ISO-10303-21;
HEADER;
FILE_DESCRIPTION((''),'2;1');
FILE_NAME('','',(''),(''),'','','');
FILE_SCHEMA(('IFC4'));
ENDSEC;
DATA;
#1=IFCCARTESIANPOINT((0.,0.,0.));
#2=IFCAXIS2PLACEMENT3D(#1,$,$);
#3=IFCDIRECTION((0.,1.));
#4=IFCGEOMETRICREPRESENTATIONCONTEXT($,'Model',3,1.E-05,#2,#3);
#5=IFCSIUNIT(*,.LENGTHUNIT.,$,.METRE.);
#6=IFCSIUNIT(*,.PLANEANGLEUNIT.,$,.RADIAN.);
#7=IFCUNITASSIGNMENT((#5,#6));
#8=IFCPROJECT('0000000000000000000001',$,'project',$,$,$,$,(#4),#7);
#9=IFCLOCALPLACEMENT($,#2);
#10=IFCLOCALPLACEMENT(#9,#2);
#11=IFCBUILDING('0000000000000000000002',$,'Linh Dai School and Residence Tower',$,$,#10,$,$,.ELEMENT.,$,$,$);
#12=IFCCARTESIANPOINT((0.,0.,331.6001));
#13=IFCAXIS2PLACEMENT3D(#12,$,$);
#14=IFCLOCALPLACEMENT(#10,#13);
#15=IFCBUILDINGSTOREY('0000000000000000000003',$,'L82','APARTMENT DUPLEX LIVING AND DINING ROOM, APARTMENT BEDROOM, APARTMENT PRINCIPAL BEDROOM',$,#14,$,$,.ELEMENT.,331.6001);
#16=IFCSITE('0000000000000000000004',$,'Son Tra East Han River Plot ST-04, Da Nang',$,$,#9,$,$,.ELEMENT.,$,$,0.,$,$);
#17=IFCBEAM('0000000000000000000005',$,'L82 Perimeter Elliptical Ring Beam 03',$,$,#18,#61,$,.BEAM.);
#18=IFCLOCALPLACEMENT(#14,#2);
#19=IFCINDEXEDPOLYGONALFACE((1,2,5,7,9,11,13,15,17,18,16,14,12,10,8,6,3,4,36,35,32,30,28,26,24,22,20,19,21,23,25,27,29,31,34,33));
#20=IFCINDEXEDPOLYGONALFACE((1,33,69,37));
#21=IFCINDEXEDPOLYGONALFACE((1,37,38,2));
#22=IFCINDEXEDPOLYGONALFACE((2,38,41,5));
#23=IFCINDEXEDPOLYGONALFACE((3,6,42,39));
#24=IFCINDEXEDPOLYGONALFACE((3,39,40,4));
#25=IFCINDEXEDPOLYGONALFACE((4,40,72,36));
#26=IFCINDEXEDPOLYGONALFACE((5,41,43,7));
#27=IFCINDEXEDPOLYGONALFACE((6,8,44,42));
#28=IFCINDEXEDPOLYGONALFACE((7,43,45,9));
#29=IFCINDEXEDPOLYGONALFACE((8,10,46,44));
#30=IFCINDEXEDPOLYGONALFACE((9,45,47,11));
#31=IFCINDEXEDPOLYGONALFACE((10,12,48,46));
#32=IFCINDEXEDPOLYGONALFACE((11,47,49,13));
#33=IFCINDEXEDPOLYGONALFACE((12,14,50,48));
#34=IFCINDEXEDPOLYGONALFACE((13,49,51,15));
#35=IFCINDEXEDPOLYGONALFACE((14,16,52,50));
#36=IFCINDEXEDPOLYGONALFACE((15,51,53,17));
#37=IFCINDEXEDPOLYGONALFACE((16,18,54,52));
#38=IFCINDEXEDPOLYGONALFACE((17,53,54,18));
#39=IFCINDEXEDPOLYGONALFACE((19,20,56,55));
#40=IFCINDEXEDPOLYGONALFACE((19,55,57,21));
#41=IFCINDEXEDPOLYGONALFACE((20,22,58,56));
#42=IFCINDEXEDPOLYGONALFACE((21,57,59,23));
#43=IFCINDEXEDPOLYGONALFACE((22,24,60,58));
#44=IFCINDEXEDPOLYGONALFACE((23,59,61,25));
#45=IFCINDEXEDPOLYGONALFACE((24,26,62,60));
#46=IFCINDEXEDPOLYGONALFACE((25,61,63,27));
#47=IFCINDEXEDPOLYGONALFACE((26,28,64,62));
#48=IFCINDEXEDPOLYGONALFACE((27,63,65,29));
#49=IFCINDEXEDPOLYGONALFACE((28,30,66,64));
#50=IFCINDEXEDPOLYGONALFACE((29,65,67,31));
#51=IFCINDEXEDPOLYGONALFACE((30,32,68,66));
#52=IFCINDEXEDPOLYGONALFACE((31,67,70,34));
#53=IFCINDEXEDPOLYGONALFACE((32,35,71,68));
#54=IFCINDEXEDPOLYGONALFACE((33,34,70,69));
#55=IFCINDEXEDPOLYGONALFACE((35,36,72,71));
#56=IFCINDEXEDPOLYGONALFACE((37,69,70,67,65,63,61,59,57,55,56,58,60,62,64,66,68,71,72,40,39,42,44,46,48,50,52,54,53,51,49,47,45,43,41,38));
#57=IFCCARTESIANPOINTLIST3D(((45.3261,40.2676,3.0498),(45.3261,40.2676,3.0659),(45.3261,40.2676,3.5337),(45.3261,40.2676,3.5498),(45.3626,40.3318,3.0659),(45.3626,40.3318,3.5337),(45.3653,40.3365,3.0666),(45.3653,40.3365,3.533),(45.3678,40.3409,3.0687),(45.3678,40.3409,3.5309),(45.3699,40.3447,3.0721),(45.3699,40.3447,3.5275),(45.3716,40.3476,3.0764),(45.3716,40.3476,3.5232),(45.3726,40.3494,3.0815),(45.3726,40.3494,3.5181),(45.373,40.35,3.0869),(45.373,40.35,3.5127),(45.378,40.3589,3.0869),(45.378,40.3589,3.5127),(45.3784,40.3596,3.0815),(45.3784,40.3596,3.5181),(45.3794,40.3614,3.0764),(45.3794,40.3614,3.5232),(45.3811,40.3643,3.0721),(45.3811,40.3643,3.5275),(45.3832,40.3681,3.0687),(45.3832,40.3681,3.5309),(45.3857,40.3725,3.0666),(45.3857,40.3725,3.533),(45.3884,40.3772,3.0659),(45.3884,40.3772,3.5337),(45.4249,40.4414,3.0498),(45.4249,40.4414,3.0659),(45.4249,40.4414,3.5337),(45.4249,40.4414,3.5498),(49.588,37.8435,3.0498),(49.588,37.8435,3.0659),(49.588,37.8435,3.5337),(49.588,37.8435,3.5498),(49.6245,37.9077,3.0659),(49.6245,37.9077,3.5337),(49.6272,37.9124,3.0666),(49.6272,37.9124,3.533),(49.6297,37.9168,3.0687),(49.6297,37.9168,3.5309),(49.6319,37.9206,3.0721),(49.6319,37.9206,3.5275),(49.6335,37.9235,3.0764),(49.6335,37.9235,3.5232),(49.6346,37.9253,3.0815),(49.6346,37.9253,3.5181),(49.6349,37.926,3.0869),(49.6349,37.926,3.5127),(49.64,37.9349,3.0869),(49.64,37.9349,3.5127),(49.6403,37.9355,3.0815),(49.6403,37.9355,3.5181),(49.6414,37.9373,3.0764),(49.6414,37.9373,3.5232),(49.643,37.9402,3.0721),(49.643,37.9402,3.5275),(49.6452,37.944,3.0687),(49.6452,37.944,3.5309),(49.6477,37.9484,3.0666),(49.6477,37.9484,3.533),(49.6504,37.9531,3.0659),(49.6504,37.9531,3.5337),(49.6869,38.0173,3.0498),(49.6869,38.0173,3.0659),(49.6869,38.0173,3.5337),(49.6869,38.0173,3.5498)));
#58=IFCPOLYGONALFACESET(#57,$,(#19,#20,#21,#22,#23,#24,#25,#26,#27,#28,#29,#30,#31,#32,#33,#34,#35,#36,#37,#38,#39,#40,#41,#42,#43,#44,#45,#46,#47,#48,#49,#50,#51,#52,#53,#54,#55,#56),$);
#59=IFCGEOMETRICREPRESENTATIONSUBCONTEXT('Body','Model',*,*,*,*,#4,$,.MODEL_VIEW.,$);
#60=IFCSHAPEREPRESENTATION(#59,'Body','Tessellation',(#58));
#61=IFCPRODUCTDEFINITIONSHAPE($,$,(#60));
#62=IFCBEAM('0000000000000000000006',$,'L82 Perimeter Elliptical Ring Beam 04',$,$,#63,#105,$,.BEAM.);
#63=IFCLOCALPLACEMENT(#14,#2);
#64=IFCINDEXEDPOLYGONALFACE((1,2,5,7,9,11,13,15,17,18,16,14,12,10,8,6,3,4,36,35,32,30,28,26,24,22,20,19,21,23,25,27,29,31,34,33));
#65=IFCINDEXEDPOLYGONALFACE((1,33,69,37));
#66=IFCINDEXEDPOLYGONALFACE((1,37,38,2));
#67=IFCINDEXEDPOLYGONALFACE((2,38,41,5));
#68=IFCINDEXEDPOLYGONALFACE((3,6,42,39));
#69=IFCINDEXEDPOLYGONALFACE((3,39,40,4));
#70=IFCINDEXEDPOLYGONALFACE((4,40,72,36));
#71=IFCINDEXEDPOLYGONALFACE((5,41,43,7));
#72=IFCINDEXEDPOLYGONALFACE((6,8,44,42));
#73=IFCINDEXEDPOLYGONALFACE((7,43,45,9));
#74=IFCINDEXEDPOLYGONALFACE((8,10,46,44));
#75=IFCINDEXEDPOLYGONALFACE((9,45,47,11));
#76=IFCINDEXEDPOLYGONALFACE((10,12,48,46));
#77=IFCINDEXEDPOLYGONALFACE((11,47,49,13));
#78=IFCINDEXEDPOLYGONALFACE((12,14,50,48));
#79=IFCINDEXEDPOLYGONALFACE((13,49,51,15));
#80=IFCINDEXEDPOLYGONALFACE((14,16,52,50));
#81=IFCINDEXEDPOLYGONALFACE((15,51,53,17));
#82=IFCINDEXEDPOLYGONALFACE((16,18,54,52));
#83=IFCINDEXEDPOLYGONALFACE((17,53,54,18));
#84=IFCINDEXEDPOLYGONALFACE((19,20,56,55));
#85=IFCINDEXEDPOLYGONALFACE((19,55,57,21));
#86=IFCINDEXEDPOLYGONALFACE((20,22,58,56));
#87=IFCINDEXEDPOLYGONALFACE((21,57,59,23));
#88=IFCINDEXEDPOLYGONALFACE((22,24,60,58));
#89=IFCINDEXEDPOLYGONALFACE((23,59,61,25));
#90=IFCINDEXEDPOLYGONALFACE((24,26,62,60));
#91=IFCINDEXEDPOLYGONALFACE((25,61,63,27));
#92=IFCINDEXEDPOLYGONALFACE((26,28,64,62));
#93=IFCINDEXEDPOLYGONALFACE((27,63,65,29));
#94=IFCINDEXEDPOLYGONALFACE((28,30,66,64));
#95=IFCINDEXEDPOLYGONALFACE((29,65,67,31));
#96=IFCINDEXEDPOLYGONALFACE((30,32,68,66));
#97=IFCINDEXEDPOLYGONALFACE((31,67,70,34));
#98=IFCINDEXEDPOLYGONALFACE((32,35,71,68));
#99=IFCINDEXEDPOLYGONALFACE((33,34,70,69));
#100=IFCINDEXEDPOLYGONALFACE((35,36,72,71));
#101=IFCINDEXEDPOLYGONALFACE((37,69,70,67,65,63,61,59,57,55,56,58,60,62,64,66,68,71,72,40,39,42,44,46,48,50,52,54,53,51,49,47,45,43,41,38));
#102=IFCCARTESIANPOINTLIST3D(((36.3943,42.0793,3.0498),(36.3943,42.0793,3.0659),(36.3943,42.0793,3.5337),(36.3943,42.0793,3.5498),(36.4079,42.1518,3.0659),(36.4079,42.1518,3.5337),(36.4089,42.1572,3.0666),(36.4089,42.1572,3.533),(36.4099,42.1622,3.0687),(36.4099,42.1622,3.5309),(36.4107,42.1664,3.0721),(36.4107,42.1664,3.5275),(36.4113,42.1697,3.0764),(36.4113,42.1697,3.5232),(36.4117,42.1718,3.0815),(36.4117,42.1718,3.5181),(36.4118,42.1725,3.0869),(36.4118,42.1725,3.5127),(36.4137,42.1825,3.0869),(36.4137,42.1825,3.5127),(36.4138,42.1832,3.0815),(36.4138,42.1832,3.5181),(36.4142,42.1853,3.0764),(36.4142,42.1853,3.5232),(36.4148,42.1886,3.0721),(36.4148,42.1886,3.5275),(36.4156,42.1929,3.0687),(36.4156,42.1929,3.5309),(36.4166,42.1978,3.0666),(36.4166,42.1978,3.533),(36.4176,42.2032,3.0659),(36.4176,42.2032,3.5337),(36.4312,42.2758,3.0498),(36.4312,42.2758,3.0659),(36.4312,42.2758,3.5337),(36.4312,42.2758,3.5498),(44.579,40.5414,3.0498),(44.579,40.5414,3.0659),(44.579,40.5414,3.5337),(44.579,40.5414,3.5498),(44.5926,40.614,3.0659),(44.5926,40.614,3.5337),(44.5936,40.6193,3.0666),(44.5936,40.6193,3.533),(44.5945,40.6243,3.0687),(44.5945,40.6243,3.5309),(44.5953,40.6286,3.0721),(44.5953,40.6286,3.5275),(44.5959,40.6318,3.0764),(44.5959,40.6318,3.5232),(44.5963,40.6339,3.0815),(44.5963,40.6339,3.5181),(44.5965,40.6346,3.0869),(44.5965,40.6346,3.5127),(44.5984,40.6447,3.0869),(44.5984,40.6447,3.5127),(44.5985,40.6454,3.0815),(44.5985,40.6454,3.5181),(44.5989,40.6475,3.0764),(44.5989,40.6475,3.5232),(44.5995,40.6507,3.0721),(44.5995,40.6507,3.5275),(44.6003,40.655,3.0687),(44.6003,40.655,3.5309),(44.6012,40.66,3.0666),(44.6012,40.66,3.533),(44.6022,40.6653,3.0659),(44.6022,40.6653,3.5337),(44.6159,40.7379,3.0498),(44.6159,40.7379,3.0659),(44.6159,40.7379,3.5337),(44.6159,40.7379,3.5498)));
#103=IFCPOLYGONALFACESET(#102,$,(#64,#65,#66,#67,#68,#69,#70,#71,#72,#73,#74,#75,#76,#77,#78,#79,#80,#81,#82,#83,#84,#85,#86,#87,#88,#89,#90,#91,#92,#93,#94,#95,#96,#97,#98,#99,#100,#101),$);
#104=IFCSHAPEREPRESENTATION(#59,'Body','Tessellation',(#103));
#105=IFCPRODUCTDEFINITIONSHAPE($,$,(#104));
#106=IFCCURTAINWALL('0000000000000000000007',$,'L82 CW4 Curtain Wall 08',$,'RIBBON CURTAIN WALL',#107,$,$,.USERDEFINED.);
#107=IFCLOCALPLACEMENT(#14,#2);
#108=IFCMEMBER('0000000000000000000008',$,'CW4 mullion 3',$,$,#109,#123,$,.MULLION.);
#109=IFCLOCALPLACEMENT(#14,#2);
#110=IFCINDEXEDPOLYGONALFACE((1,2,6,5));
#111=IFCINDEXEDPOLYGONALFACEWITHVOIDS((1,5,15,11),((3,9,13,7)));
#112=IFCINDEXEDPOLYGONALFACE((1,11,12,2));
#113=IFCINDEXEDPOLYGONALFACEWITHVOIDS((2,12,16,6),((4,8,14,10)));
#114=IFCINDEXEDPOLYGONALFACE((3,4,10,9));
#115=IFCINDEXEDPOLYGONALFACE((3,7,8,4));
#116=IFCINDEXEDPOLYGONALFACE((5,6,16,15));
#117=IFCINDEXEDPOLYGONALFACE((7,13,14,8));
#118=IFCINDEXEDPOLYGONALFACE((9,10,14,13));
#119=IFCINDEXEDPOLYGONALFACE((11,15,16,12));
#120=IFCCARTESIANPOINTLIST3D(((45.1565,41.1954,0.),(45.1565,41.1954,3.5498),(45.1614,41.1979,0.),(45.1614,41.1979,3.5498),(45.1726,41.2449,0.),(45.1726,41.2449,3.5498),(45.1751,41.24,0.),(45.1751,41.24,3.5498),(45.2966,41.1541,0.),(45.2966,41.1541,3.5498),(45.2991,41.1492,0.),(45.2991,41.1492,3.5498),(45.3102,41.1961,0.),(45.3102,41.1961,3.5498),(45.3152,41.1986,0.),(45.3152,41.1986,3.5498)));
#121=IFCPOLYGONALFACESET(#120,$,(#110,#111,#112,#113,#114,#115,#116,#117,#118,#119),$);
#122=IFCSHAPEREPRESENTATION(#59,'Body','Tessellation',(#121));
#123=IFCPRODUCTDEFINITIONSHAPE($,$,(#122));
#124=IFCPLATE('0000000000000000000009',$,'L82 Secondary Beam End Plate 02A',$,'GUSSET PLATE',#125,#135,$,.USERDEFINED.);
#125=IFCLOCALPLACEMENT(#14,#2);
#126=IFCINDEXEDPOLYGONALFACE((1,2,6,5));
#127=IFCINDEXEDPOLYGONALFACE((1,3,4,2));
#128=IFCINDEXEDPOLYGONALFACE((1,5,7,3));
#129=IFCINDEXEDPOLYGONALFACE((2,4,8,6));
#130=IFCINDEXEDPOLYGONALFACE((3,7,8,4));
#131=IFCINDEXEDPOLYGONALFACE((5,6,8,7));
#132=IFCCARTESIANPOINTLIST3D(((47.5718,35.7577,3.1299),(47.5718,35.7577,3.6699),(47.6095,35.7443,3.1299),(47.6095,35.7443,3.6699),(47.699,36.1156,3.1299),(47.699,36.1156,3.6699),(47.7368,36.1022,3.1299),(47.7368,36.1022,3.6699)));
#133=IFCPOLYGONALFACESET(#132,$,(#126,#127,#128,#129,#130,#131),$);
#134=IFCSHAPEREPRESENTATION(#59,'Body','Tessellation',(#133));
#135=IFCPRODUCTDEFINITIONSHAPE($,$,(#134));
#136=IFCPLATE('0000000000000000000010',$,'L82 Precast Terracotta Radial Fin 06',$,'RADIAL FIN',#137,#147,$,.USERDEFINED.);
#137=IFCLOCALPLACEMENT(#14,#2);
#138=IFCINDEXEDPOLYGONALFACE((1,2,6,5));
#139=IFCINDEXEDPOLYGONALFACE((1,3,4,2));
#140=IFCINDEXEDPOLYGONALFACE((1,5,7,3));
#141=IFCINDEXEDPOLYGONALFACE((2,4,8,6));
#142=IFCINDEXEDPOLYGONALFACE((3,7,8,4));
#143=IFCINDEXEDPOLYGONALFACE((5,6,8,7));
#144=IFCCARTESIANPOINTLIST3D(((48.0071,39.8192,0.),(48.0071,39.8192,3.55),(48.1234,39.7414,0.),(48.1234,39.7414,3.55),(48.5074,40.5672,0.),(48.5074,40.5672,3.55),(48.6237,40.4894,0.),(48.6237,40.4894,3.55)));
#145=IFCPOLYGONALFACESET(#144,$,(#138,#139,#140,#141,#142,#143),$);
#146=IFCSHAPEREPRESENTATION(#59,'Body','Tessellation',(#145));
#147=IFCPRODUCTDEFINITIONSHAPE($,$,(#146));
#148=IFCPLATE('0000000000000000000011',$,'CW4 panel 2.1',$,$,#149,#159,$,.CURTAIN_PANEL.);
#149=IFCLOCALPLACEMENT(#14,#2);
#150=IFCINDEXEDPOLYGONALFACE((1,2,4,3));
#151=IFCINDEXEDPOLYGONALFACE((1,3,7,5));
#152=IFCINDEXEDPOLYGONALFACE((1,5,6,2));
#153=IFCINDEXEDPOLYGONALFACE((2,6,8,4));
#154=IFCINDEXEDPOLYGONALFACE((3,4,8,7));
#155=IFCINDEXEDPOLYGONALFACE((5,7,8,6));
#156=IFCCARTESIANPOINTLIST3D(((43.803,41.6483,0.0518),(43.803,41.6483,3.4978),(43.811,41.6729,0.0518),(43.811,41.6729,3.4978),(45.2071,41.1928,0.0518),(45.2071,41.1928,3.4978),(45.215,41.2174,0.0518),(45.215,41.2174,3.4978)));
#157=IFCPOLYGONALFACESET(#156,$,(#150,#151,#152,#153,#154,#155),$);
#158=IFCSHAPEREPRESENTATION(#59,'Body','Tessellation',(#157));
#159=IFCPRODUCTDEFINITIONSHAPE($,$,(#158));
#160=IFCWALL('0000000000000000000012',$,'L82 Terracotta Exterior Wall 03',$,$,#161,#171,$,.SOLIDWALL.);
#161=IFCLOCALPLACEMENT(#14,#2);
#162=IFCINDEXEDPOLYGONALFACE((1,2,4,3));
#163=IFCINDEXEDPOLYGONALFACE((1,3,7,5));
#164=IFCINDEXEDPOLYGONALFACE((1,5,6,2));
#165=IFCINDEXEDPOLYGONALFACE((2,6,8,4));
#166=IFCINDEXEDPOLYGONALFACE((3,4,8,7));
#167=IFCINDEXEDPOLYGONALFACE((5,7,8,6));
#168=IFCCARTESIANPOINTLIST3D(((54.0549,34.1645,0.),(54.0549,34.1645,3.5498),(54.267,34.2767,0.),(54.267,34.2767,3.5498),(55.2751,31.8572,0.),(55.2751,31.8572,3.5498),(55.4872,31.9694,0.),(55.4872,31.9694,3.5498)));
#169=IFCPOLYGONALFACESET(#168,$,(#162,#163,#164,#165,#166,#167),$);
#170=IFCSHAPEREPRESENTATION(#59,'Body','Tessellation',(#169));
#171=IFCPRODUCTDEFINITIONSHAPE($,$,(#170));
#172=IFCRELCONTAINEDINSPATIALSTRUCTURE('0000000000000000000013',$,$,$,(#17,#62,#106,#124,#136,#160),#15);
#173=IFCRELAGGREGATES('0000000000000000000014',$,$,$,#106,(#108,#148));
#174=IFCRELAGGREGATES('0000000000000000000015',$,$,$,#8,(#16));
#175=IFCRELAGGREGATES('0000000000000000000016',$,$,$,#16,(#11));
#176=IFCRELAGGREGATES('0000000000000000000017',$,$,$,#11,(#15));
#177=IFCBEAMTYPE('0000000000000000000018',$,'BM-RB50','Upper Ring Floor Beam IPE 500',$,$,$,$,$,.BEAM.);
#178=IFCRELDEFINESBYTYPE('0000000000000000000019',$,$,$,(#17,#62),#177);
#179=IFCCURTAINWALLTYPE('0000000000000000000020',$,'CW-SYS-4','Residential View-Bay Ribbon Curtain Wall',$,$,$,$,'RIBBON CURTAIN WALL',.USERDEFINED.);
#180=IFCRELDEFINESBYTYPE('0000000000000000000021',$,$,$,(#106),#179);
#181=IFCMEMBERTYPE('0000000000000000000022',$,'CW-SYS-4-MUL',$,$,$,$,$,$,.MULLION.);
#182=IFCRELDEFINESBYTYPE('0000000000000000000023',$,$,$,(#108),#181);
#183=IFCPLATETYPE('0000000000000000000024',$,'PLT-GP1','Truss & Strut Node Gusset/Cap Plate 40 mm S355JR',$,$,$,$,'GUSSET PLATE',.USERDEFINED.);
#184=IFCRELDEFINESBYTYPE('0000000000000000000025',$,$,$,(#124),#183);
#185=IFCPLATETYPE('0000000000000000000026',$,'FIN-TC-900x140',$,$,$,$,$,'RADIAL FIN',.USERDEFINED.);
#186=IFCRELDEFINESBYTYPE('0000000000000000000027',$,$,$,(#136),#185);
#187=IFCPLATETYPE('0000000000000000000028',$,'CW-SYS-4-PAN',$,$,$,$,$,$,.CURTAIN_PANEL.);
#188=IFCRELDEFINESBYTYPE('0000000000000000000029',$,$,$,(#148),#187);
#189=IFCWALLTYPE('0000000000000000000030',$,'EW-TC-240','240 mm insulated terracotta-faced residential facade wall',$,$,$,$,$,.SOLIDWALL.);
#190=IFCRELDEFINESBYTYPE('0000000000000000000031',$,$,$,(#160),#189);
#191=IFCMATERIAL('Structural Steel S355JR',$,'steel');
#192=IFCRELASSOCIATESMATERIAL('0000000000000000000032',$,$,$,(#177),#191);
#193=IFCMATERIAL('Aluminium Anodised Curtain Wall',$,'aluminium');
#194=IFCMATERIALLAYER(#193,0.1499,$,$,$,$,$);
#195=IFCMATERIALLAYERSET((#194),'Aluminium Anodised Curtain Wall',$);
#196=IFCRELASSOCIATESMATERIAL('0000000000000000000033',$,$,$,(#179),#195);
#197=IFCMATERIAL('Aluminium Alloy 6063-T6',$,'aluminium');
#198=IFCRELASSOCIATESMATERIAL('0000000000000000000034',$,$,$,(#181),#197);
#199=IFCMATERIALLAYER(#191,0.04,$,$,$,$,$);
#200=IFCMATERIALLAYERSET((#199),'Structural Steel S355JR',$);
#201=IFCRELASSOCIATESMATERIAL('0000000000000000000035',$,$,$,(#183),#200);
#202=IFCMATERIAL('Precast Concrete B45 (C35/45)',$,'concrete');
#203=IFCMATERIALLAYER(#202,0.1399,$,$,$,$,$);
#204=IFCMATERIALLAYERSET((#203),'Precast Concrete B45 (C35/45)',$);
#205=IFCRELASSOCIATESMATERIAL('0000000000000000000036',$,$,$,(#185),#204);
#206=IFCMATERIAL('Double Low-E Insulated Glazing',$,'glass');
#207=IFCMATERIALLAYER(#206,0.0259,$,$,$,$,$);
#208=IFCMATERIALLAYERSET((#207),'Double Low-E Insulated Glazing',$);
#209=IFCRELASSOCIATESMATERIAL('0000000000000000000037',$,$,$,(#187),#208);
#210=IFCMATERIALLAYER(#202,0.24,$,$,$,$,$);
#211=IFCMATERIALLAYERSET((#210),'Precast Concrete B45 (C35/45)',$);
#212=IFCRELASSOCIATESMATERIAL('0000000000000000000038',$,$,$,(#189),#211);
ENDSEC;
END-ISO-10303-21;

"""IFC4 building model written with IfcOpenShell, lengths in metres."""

from ifc_helpers import new_model, si_unit, direction, frame, frame_2d, origin, origin_2d, place, context, subcontext, project, spatial, rectangle, hollow_rectangle, i_section, extrude, source, transform, mapped, material, layer, layer_set, material_profile, profile_set, type_object, element, aggregate, save


model = new_model("IFC4")

# Units and contexts
model_context = context("Model", 3, precision=1e-05, world=origin(), true_north=direction((0.0, 1.0)))
body_context = subcontext(model_context, "Body", "Model", "MODEL_VIEW")
ifc_project = project(units=[si_unit("LENGTHUNIT", "METRE"), si_unit("PLANEANGLEUNIT", "RADIAN")], contexts=[model_context])

# Site, building, storey
site_placement = place(None, origin())
site = spatial("IfcSite", under=ifc_project, at=site_placement, Name="Son Tra East Han River Plot ST-04, Da Nang", CompositionType="ELEMENT", RefElevation=0.0)
building_placement = place(site_placement, origin())
building = spatial("IfcBuilding", under=site, at=building_placement, Name="Linh Dai School and Residence Tower", CompositionType="ELEMENT")
storey_placement = place(building_placement, frame((0.0, 0.0, 331.6001)))
storey = spatial("IfcBuildingStorey", under=building, at=storey_placement, Name="L82", Description="APARTMENT DUPLEX LIVING AND DINING ROOM, APARTMENT BEDROOM, APARTMENT PRINCIPAL BEDROOM", CompositionType="ELEMENT", Elevation=331.6001)

# Shared definitions
ifc_material_1 = material(Name="Structural Steel S355JR", Category="steel")

# Beams
ifc_material_profile_1 = material_profile(ifc_material_1, i_section(OverallWidth=0.2, OverallDepth=0.5, WebThickness=0.0103, FlangeThickness=0.0161, FilletRadius=0.021, at=origin_2d()), Name="IPE 500")
ifc_profile_set_1 = profile_set([ifc_material_profile_1], Name="Structural Steel S355JR")
beam_type_1 = type_object("IfcBeamType", Name="BM-RB50", Description="Upper Ring Floor Beam IPE 500", PredefinedType="BEAM", material=ifc_profile_set_1)
beam_1_placement = place(storey_placement, frame((49.6375, 37.9304, 3.2998), z_axis=(-0.869237, 0.494395, 0.0), x_axis=(-0.494395, -0.869237, 0.0)))
element("IfcBeam", 1, at=beam_1_placement, inside=storey, type_object=beam_type_1, Name="L82 Perimeter Elliptical Ring Beam 03", PredefinedType="BEAM", context=body_context, shape_type="SweptSolid", body=[
    extrude(i_section(OverallWidth=0.2, OverallDepth=0.5, WebThickness=0.0103, FlangeThickness=0.0161, FilletRadius=0.021, at=origin_2d()), origin(), (0.0, 0.0, 1.0), 4.9031),
])
beam_2_placement = place(storey_placement, frame((44.5974, 40.6396, 3.2998), z_axis=(-0.982802, 0.184664, 0.0), x_axis=(-0.184664, -0.982802, 0.0)))
element("IfcBeam", 2, at=beam_2_placement, inside=storey, type_object=beam_type_1, Name="L82 Perimeter Elliptical Ring Beam 04", PredefinedType="BEAM", context=body_context, shape_type="SweptSolid", body=[
    extrude(i_section(OverallWidth=0.2, OverallDepth=0.5, WebThickness=0.0103, FlangeThickness=0.0161, FilletRadius=0.021, at=origin_2d()), origin(), (0.0, 0.0, 1.0), 8.3279),
])

# Curtain wall, member
ifc_material_2 = material(Name="Aluminium Anodised Curtain Wall", Category="aluminium")
ifc_layer_1 = layer(ifc_material_2, 0.1499)
ifc_layer_set_1 = layer_set([ifc_layer_1], Name="Aluminium Anodised Curtain Wall")
curtain_wall_type = type_object("IfcCurtainWallType", Name="CW-SYS-4", Description="Residential View-Bay Ribbon Curtain Wall", ElementType="RIBBON CURTAIN WALL", PredefinedType="USERDEFINED", material=ifc_layer_set_1)
curtain_wall_placement = place(storey_placement, origin())
curtain_wall = element("IfcCurtainWall", 3, at=curtain_wall_placement, inside=storey, type_object=curtain_wall_type, Name="L82 CW4 Curtain Wall 08", ObjectType="RIBBON CURTAIN WALL", PredefinedType="USERDEFINED")
ifc_material_3 = material(Name="Aluminium Alloy 6063-T6", Category="aluminium")
ifc_material_profile_2 = material_profile(ifc_material_3, hollow_rectangle(XDim=0.052, YDim=0.1499, WallThickness=0.0039, at=origin_2d()), Name="RHS 150x52x4")
ifc_profile_set_2 = profile_set([ifc_material_profile_2], Name="Aluminium Alloy 6063-T6")
member_type = type_object("IfcMemberType", Name="CW-SYS-4-MUL", PredefinedType="MULLION", material=ifc_profile_set_2)
shared_shape_1 = source(origin(), body_context, "Body", "SweptSolid", [
    extrude(hollow_rectangle(XDim=0.052, YDim=0.1499, WallThickness=0.0039, at=origin_2d()), origin(), (0.0, 0.0, 1.0), 3.5498),
])
member_placement = place(storey_placement, frame((45.2358, 41.197, 0.0), z_axis=(0.0, 0.0, 1.0), x_axis=(0.308565, 0.951203, 0.0)))
member = element("IfcMember", 4, at=member_placement, type_object=member_type, Name="CW4 mullion 3", PredefinedType="MULLION", context=body_context, shape_type="MappedRepresentation", body=[
    mapped(shared_shape_1, transform((0.0, 0.0, 0.0), x_axis=(1.0, 0.0, 0.0), y_axis=(0.0, 1.0, 0.0), z_axis=(0.0, 0.0, 1.0), scale=1.0)),
])

# Plates
ifc_layer_2 = layer(ifc_material_1, 0.04)
ifc_layer_set_2 = layer_set([ifc_layer_2], Name="Structural Steel S355JR")
plate_type_1 = type_object("IfcPlateType", Name="PLT-GP1", Description="Truss & Strut Node Gusset/Cap Plate 40 mm S355JR", ElementType="GUSSET PLATE", PredefinedType="USERDEFINED", material=ifc_layer_set_2)
shared_shape_2 = source(origin(), body_context, "Body", "SweptSolid", [
    extrude(rectangle(XDim=0.04, YDim=0.3799, at=origin_2d()), origin(), (0.0, 0.0, 1.0), 0.54),
])
plate_1_placement = place(storey_placement, frame((47.6543, 35.9299, 3.1299), z_axis=(0.0, 0.0, 1.0), x_axis=(-0.942251, 0.334909, 0.0)))
element("IfcPlate", 5, at=plate_1_placement, inside=storey, type_object=plate_type_1, Name="L82 Secondary Beam End Plate 02A", ObjectType="GUSSET PLATE", PredefinedType="USERDEFINED", context=body_context, shape_type="MappedRepresentation", body=[
    mapped(shared_shape_2, transform((0.0, 0.0, 0.0), x_axis=(1.0, 0.0, 0.0), y_axis=(0.0, 1.0, 0.0), z_axis=(0.0, 0.0, 1.0), scale=1.0)),
])
ifc_material_4 = material(Name="Precast Concrete B45 (C35/45)", Category="concrete")
ifc_layer_3 = layer(ifc_material_4, 0.1399)
ifc_layer_set_3 = layer_set([ifc_layer_3], Name="Precast Concrete B45 (C35/45)")
plate_type_2 = type_object("IfcPlateType", Name="FIN-TC-900x140", ElementType="RADIAL FIN", PredefinedType="USERDEFINED", material=ifc_layer_set_3)
shared_shape_3 = source(origin(), body_context, "Body", "SweptSolid", [
    extrude(rectangle(XDim=0.8999, YDim=0.1399, at=origin_2d()), origin(), (0.0, 0.0, 1.0), 3.55),
])
plate_2_placement = place(storey_placement, frame((48.3154, 40.1543, 0.0), z_axis=(0.0, 0.0, 1.0), x_axis=(0.555971, 0.831202, 0.0)))
element("IfcPlate", 6, at=plate_2_placement, inside=storey, type_object=plate_type_2, Name="L82 Precast Terracotta Radial Fin 06", ObjectType="RADIAL FIN", PredefinedType="USERDEFINED", context=body_context, shape_type="MappedRepresentation", body=[
    mapped(shared_shape_3, transform((0.0, 0.0, 0.0), x_axis=(1.0, 0.0, 0.0), y_axis=(0.0, 1.0, 0.0), z_axis=(0.0, 0.0, 1.0), scale=1.0)),
])

# Plate
ifc_material_5 = material(Name="Double Low-E Insulated Glazing", Category="glass")
ifc_layer_4 = layer(ifc_material_5, 0.0259)
ifc_layer_set_4 = layer_set([ifc_layer_4], Name="Double Low-E Insulated Glazing")
plate_type_3 = type_object("IfcPlateType", Name="CW-SYS-4-PAN", PredefinedType="CURTAIN_PANEL", material=ifc_layer_set_4)
shared_shape_4 = source(origin(), body_context, "Body", "SweptSolid", [
    extrude(rectangle(XDim=1.4761, YDim=0.0259, at=origin_2d()), origin(), (0.0, 0.0, 1.0), 3.446),
])
plate_3_placement = place(storey_placement, frame((44.509, 41.4329, 0.0518), z_axis=(0.0, 0.0, 1.0), x_axis=(0.951203, -0.308565, 0.0)))
plate_3 = element("IfcPlate", 7, at=plate_3_placement, type_object=plate_type_3, Name="CW4 panel 2.1", PredefinedType="CURTAIN_PANEL", context=body_context, shape_type="MappedRepresentation", body=[
    mapped(shared_shape_4, transform((0.0, 0.0, 0.0), x_axis=(1.0, 0.0, 0.0), y_axis=(0.0, 1.0, 0.0), z_axis=(0.0, 0.0, 1.0), scale=1.0)),
])
aggregate(curtain_wall, [member, plate_3])

# Wall
ifc_layer_5 = layer(ifc_material_4, 0.24)
ifc_layer_set_5 = layer_set([ifc_layer_5], Name="Precast Concrete B45 (C35/45)")
wall_type_1 = type_object("IfcWallType", Name="EW-TC-240", Description="240 mm insulated terracotta-faced residential facade wall", PredefinedType="SOLIDWALL", material=ifc_layer_set_5)
wall_1_placement = place(storey_placement, frame((54.1609, 34.2207, 0.0), z_axis=(0.0, 0.0, 1.0), x_axis=(0.467488, -0.883999, 0.0)))
element("IfcWall", 8, at=wall_1_placement, inside=storey, type_object=wall_type_1, Name="L82 Terracotta Exterior Wall 03", PredefinedType="SOLIDWALL", context=body_context, shape_type="SweptSolid", body=[
    extrude(rectangle(XDim=2.6101, YDim=0.24, at=frame_2d((1.3052, 0.0))), origin(), (0.0, 0.0, 1.0), 3.5498),
])

save(model, "model.ifc")
